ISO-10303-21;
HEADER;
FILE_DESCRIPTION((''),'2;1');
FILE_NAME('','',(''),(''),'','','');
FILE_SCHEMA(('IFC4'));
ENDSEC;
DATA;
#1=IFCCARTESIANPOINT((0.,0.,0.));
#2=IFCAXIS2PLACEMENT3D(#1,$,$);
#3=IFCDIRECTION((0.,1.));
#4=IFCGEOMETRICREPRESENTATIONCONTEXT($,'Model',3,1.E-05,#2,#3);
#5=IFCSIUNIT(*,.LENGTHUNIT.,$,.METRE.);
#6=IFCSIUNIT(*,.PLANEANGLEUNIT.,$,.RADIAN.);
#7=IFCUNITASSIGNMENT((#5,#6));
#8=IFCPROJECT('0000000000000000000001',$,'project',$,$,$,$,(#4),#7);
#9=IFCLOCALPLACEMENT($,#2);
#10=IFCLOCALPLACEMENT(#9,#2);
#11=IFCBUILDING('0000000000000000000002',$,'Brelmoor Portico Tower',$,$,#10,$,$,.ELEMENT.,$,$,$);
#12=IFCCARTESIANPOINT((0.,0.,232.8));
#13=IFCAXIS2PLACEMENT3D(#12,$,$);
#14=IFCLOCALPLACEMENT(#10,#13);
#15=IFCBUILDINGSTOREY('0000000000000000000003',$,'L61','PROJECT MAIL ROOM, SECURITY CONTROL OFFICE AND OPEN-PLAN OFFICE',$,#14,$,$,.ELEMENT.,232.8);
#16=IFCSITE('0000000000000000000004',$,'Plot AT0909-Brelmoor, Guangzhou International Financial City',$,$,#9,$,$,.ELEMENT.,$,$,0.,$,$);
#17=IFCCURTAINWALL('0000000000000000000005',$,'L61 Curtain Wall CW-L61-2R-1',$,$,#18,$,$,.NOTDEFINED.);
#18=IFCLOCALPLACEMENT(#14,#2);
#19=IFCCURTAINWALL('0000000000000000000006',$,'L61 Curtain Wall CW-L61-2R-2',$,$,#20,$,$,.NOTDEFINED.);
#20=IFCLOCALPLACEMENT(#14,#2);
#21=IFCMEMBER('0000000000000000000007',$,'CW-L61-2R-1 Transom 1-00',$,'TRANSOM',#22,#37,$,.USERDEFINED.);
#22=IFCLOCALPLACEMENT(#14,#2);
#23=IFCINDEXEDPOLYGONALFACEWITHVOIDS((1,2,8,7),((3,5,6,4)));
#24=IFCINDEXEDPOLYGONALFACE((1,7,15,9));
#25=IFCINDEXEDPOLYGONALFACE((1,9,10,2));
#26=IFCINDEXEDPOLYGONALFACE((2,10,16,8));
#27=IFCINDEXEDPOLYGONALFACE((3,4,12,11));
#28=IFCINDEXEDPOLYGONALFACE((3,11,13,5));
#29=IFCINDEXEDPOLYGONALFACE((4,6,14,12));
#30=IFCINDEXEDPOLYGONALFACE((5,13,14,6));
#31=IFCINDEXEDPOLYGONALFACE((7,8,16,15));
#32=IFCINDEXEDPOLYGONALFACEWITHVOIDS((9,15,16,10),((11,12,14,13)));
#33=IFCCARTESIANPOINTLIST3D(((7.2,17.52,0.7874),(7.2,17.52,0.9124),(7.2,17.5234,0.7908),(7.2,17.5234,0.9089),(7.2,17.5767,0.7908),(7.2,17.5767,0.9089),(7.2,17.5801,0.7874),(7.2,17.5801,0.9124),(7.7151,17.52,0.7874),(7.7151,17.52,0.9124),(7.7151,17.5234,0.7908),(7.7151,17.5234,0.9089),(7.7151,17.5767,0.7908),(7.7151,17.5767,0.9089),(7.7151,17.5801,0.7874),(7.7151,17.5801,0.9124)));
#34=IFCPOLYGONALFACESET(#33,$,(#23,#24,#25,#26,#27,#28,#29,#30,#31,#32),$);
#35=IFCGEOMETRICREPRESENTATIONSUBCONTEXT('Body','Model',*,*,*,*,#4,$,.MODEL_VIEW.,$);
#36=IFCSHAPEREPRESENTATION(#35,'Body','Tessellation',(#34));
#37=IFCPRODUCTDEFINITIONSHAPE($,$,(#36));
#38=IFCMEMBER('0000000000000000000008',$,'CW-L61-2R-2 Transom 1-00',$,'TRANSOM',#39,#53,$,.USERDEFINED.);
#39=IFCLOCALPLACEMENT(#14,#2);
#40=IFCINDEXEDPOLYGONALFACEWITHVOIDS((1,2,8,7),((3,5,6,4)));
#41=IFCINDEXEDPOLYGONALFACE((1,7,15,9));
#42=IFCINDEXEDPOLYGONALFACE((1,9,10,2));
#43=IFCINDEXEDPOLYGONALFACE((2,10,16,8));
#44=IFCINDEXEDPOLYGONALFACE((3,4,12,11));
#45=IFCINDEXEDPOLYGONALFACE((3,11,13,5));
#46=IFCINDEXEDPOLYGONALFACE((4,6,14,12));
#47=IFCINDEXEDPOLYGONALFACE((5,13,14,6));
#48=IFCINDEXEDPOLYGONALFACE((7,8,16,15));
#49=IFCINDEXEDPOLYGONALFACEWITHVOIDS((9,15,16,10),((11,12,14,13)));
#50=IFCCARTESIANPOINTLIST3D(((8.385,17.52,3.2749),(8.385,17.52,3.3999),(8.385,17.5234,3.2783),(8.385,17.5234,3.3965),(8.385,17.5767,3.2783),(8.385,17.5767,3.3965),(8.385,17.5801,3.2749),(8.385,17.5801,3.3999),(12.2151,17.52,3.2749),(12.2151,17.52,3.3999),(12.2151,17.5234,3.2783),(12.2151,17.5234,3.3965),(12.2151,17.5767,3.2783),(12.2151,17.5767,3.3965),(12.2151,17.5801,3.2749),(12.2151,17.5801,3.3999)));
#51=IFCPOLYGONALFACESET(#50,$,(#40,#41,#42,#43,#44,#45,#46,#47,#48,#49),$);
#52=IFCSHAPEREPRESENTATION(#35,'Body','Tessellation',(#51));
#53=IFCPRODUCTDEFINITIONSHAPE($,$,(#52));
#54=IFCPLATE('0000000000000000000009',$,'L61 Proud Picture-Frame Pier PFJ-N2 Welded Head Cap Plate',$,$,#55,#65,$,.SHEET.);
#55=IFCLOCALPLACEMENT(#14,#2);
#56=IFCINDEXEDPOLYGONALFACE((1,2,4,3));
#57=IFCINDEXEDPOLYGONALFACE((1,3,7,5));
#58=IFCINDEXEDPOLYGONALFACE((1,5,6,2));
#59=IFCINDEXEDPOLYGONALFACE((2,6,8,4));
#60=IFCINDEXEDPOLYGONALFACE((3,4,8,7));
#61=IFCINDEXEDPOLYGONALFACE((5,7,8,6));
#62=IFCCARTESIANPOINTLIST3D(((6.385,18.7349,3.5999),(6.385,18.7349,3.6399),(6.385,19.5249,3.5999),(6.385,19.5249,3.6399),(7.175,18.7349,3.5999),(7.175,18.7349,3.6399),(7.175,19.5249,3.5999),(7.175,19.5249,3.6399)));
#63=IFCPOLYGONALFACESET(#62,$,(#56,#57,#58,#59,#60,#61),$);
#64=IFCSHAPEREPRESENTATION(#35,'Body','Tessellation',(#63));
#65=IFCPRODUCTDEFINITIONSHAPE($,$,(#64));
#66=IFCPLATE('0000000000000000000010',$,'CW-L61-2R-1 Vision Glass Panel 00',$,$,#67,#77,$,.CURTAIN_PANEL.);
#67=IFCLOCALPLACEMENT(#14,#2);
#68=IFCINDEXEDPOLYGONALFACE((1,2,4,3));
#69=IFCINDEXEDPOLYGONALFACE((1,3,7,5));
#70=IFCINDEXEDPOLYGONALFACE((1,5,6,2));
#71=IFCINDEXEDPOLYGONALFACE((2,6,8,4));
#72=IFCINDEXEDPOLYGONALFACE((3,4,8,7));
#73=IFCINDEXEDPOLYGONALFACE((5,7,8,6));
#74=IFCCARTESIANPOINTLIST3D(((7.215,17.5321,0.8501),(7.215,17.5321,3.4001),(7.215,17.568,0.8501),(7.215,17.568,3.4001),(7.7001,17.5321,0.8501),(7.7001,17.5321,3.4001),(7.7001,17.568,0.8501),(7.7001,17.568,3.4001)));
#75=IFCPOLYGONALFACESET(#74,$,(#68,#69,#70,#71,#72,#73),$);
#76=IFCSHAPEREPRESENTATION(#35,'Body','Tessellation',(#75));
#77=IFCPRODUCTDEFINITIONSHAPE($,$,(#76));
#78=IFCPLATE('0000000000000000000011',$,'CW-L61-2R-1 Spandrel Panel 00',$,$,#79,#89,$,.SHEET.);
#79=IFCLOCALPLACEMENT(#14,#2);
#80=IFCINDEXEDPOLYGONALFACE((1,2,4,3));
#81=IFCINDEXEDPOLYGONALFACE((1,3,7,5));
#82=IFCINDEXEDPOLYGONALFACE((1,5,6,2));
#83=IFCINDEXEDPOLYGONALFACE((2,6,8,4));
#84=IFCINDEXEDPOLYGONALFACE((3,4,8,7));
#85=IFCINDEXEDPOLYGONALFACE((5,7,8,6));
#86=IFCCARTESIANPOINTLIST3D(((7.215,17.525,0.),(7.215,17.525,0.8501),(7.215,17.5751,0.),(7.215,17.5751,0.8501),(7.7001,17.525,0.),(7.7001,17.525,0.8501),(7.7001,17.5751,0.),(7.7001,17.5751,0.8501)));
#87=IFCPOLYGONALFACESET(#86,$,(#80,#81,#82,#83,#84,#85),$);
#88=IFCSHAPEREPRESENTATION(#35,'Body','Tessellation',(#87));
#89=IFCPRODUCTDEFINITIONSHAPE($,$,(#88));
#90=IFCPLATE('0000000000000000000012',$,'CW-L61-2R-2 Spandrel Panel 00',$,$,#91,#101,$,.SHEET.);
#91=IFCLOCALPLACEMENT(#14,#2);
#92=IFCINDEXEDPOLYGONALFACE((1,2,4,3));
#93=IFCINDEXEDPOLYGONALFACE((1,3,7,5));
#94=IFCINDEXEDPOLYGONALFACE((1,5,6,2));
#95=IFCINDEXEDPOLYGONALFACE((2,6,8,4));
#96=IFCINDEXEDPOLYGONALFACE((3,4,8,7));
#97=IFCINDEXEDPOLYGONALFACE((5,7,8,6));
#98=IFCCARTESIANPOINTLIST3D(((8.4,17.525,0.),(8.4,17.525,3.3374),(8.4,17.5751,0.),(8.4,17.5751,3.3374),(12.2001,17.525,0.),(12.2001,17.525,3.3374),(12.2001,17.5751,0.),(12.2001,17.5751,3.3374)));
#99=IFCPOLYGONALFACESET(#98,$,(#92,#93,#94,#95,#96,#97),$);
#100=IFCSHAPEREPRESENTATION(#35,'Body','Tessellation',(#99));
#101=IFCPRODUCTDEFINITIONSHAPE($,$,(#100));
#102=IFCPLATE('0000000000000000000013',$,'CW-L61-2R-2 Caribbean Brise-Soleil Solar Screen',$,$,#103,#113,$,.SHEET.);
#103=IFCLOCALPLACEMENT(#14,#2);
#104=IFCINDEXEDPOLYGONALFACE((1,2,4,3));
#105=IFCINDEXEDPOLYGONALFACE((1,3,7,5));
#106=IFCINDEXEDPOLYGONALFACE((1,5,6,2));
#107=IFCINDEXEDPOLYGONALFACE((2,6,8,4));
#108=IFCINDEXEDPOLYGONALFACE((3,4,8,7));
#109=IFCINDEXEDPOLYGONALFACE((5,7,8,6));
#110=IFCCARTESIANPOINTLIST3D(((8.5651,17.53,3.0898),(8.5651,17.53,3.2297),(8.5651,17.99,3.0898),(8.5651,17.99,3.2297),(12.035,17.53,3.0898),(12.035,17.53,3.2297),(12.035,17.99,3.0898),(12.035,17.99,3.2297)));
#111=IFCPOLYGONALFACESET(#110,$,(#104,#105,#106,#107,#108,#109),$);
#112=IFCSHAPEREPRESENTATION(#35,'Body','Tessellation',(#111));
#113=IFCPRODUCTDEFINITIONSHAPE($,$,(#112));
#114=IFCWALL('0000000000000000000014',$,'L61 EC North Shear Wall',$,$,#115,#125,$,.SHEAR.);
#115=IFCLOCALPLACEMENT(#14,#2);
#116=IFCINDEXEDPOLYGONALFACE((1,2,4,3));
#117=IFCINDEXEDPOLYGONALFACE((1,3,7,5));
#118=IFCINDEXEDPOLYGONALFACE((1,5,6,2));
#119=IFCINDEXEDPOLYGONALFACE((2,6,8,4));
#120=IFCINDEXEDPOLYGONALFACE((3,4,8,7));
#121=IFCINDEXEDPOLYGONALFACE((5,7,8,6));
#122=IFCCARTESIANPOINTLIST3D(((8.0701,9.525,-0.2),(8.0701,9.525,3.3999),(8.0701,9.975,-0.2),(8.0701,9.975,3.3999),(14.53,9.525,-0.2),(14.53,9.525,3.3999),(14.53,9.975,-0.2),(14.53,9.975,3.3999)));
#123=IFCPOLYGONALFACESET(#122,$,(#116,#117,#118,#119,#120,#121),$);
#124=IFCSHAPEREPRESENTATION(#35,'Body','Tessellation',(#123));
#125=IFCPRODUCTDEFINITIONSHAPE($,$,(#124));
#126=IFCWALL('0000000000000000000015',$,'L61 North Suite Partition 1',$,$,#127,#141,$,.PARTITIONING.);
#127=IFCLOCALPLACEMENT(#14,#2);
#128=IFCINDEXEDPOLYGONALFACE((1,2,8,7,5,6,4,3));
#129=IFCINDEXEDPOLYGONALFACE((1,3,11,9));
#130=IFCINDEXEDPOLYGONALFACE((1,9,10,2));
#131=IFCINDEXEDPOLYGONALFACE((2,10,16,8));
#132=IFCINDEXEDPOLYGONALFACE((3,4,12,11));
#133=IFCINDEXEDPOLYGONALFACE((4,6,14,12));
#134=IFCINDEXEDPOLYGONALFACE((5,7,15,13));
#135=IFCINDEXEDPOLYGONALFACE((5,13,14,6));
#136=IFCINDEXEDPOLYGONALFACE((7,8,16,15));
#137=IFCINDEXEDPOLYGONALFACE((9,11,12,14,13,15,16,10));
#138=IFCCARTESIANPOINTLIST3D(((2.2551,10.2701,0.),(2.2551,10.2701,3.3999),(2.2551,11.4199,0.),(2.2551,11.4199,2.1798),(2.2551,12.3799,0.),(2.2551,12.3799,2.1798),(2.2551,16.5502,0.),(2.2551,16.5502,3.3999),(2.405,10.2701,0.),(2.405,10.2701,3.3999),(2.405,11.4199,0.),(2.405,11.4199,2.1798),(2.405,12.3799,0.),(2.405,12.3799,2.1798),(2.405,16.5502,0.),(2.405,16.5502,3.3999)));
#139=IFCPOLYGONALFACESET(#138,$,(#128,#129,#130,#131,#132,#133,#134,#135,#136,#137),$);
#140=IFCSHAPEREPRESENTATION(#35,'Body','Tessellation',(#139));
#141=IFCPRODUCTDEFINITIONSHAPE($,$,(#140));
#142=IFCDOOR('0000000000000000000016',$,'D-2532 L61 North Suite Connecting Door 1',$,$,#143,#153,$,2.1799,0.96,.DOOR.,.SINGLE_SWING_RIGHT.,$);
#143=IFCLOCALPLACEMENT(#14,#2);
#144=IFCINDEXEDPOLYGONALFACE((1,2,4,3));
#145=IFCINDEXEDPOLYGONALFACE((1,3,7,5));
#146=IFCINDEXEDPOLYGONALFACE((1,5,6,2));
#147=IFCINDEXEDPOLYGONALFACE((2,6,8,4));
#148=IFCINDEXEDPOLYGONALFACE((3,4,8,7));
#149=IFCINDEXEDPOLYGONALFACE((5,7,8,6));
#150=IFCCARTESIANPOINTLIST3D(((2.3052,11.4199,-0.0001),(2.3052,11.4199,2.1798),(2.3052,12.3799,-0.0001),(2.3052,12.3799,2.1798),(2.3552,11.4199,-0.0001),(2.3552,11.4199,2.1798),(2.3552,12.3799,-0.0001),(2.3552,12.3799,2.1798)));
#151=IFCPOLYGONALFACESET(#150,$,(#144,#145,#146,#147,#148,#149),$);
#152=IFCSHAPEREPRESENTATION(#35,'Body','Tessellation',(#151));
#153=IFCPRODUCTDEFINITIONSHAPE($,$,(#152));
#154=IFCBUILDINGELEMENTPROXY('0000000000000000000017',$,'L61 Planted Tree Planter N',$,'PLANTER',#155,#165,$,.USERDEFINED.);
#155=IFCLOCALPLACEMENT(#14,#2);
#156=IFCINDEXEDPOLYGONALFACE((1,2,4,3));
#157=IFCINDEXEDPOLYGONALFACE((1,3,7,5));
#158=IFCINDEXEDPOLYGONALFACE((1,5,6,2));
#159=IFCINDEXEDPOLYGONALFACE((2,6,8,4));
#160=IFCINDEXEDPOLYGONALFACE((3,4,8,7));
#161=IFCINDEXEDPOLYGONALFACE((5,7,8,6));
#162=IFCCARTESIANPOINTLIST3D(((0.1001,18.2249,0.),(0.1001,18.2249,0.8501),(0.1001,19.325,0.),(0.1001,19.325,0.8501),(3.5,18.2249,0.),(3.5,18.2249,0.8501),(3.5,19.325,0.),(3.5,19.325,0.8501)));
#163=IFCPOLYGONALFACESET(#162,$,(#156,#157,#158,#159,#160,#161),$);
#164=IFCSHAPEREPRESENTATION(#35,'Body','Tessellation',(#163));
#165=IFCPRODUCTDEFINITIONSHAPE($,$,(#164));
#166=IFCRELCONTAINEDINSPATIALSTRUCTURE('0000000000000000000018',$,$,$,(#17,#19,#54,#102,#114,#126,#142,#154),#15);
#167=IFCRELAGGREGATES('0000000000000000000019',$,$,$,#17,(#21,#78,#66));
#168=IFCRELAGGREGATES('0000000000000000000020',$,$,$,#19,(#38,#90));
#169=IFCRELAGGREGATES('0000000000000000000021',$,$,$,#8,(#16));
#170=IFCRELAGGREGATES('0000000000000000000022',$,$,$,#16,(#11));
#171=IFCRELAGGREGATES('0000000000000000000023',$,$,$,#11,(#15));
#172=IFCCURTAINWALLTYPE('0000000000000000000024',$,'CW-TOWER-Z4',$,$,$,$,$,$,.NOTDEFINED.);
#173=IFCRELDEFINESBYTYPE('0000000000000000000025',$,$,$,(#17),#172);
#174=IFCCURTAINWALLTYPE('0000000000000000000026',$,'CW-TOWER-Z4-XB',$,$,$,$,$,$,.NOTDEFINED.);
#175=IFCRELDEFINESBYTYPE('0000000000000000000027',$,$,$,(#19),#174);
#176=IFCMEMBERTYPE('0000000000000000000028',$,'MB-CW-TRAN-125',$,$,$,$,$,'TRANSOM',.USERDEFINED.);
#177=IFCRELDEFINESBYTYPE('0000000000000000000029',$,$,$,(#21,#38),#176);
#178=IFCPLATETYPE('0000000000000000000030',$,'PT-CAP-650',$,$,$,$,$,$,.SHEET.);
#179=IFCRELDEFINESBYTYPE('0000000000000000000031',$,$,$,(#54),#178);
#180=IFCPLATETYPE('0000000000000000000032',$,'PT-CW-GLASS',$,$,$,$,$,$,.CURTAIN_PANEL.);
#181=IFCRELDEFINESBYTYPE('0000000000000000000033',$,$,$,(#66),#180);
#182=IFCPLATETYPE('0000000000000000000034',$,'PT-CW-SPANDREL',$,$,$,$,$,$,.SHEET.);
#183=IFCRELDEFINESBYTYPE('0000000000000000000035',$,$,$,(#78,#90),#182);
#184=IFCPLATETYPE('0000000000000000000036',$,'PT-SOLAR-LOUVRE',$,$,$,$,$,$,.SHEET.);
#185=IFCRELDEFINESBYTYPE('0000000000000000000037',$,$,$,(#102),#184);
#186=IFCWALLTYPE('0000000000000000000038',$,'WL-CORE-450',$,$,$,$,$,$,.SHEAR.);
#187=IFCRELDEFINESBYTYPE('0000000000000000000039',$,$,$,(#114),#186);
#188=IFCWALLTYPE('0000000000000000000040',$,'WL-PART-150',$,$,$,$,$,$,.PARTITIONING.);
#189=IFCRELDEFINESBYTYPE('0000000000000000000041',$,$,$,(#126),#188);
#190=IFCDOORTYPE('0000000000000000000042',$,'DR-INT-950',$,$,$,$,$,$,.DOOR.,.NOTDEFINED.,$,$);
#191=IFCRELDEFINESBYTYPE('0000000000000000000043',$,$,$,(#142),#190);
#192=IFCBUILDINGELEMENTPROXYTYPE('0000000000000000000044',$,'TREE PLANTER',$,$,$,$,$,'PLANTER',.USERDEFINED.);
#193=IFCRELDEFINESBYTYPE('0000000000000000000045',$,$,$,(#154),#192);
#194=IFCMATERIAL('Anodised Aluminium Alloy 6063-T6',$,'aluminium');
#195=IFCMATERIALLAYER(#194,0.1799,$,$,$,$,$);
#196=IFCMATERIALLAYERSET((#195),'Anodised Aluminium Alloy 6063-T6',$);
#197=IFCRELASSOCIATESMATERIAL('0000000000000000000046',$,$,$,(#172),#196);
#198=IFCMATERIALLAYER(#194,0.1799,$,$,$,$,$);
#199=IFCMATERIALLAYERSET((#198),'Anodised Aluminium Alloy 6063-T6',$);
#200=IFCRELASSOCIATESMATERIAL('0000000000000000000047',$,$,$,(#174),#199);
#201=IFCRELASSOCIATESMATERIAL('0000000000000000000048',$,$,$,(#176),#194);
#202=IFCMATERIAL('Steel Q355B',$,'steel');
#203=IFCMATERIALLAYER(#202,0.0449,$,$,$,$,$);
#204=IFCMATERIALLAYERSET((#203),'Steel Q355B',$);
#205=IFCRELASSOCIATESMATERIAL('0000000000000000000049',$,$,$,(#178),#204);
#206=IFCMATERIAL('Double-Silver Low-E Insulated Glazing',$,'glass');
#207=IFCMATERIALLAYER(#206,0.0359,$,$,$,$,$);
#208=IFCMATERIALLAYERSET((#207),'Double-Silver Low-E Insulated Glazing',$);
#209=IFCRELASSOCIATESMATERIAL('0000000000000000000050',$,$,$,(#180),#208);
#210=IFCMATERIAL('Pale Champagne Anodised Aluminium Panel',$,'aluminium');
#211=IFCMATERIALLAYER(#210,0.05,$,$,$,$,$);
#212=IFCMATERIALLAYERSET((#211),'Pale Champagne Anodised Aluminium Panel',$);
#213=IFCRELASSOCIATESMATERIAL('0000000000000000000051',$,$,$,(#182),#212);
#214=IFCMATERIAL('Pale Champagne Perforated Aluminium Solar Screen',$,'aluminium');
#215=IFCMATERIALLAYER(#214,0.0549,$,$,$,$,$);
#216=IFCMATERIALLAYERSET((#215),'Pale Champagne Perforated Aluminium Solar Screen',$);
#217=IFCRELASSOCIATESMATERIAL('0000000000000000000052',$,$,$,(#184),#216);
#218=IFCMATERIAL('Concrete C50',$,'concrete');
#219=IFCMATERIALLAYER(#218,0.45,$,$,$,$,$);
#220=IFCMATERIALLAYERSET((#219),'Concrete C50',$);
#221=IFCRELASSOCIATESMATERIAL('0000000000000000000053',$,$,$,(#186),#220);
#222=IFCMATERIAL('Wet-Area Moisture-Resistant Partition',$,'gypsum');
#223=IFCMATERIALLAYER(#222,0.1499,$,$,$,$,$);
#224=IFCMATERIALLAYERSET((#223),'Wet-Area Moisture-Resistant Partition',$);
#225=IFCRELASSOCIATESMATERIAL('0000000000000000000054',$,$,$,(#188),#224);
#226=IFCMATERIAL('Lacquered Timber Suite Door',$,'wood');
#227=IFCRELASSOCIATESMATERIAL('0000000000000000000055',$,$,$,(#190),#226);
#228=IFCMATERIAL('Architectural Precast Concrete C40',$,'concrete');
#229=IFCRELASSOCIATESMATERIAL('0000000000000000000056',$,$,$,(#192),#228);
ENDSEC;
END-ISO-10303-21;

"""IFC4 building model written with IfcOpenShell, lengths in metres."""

from ifc_helpers import new_model, si_unit, direction, frame, frame_2d, origin, origin_2d, place, context, subcontext, project, spatial, rectangle, hollow_rectangle, extrude, material, layer, layer_set, material_profile, profile_set, type_object, element, fill, aggregate, save


model = new_model("IFC4")

# Units and contexts
model_context = context("Model", 3, precision=1e-05, world=origin(), true_north=direction((0.0, 1.0)))
body_context = subcontext(model_context, "Body", "Model", "MODEL_VIEW")
ifc_project = project(units=[si_unit("LENGTHUNIT", "METRE"), si_unit("PLANEANGLEUNIT", "RADIAN")], contexts=[model_context])

# Site, building, storey
site_placement = place(None, origin())
site = spatial("IfcSite", under=ifc_project, at=site_placement, Name="Plot AT0909-Brelmoor, Guangzhou International Financial City", CompositionType="ELEMENT", RefElevation=0.0)
building_placement = place(site_placement, origin())
building = spatial("IfcBuilding", under=site, at=building_placement, Name="Brelmoor Portico Tower", CompositionType="ELEMENT")
storey_placement = place(building_placement, frame((0.0, 0.0, 232.8)))
storey = spatial("IfcBuildingStorey", under=building, at=storey_placement, Name="L61", Description="PROJECT MAIL ROOM, SECURITY CONTROL OFFICE AND OPEN-PLAN OFFICE", CompositionType="ELEMENT", Elevation=232.8)

# Shared definitions
ifc_material_1 = material(Name="Steel Q355B", Category="steel")

# Curtain walls
ifc_material_2 = material(Name="Anodised Aluminium Alloy 6063-T6", Category="aluminium")
ifc_layer_1 = layer(ifc_material_2, 0.1799)
ifc_layer_set_1 = layer_set([ifc_layer_1], Name="Anodised Aluminium Alloy 6063-T6")
curtain_wall_type_1 = type_object("IfcCurtainWallType", Name="CW-TOWER-Z4", PredefinedType="NOTDEFINED", material=ifc_layer_set_1)
curtain_wall_1_placement = place(storey_placement, origin())
curtain_wall_1 = element("IfcCurtainWall", 1, at=curtain_wall_1_placement, inside=storey, type_object=curtain_wall_type_1, Name="L61 Curtain Wall CW-L61-2R-1", PredefinedType="NOTDEFINED")
ifc_layer_2 = layer(ifc_material_2, 0.1799)
ifc_layer_set_2 = layer_set([ifc_layer_2], Name="Anodised Aluminium Alloy 6063-T6")
curtain_wall_type_2 = type_object("IfcCurtainWallType", Name="CW-TOWER-Z4-XB", PredefinedType="NOTDEFINED", material=ifc_layer_set_2)
curtain_wall_2_placement = place(storey_placement, origin())
curtain_wall_2 = element("IfcCurtainWall", 2, at=curtain_wall_2_placement, inside=storey, type_object=curtain_wall_type_2, Name="L61 Curtain Wall CW-L61-2R-2", PredefinedType="NOTDEFINED")

# Members
ifc_material_profile_1 = material_profile(ifc_material_2, hollow_rectangle(XDim=0.0601, YDim=0.125, WallThickness=0.0034, at=origin_2d()), Name="ALU TRANSOM 60x125")
ifc_profile_set_1 = profile_set([ifc_material_profile_1], Name="Anodised Aluminium Alloy 6063-T6")
member_type_1 = type_object("IfcMemberType", Name="MB-CW-TRAN-125", ElementType="TRANSOM", PredefinedType="USERDEFINED", material=ifc_profile_set_1)
member_1_placement = place(storey_placement, frame((7.2, 17.55, 0.8499), z_axis=(1.0, 0.0, 0.0), x_axis=(0.0, 1.0, 0.0)))
member_1 = element("IfcMember", 3, at=member_1_placement, type_object=member_type_1, Name="CW-L61-2R-1 Transom 1-00", ObjectType="TRANSOM", PredefinedType="USERDEFINED", context=body_context, shape_type="SweptSolid", body=[
    extrude(hollow_rectangle(XDim=0.0601, YDim=0.125, WallThickness=0.0034, at=origin_2d()), origin(), (0.0, 0.0, 1.0), 0.5151),
])
member_2_placement = place(storey_placement, frame((8.385, 17.55, 3.3374), z_axis=(1.0, 0.0, 0.0), x_axis=(0.0, 1.0, 0.0)))
member_2 = element("IfcMember", 4, at=member_2_placement, type_object=member_type_1, Name="CW-L61-2R-2 Transom 1-00", ObjectType="TRANSOM", PredefinedType="USERDEFINED", context=body_context, shape_type="SweptSolid", body=[
    extrude(hollow_rectangle(XDim=0.0601, YDim=0.125, WallThickness=0.0034, at=origin_2d()), origin(), (0.0, 0.0, 1.0), 3.8301),
])

# Plates
ifc_layer_3 = layer(ifc_material_1, 0.0449)
ifc_layer_set_3 = layer_set([ifc_layer_3], Name="Steel Q355B")
plate_type_1 = type_object("IfcPlateType", Name="PT-CAP-650", PredefinedType="SHEET", material=ifc_layer_set_3)
plate_1_placement = place(storey_placement, frame((6.78, 19.1299, 3.5999), z_axis=(0.0, 0.0, 1.0), x_axis=(1.0, 0.0, 0.0)))
element("IfcPlate", 5, at=plate_1_placement, inside=storey, type_object=plate_type_1, Name="L61 Proud Picture-Frame Pier PFJ-N2 Welded Head Cap Plate", PredefinedType="SHEET", context=body_context, shape_type="SweptSolid", body=[
    extrude(rectangle(XDim=0.79, YDim=0.79, at=origin_2d()), origin(), (0.0, 0.0, 1.0), 0.04),
])
ifc_material_3 = material(Name="Double-Silver Low-E Insulated Glazing", Category="glass")
ifc_layer_4 = layer(ifc_material_3, 0.0359)
ifc_layer_set_4 = layer_set([ifc_layer_4], Name="Double-Silver Low-E Insulated Glazing")
plate_type_2 = type_object("IfcPlateType", Name="PT-CW-GLASS", PredefinedType="CURTAIN_PANEL", material=ifc_layer_set_4)
plate_2_placement = place(storey_placement, frame((7.4575, 17.55, 0.8501), z_axis=(0.0, 0.0, 1.0), x_axis=(1.0, 0.0, 0.0)))
plate_2 = element("IfcPlate", 6, at=plate_2_placement, type_object=plate_type_2, Name="CW-L61-2R-1 Vision Glass Panel 00", PredefinedType="CURTAIN_PANEL", context=body_context, shape_type="SweptSolid", body=[
    extrude(rectangle(XDim=0.4851, YDim=0.0359, at=origin_2d()), origin(), (0.0, 0.0, 1.0), 2.55),
])
ifc_material_4 = material(Name="Pale Champagne Anodised Aluminium Panel", Category="aluminium")
ifc_layer_5 = layer(ifc_material_4, 0.05)
ifc_layer_set_5 = layer_set([ifc_layer_5], Name="Pale Champagne Anodised Aluminium Panel")
plate_type_3 = type_object("IfcPlateType", Name="PT-CW-SPANDREL", PredefinedType="SHEET", material=ifc_layer_set_5)
plate_3_placement = place(storey_placement, frame((7.4575, 17.55, 0.0), z_axis=(0.0, 0.0, 1.0), x_axis=(1.0, 0.0, 0.0)))
plate_3 = element("IfcPlate", 7, at=plate_3_placement, type_object=plate_type_3, Name="CW-L61-2R-1 Spandrel Panel 00", PredefinedType="SHEET", context=body_context, shape_type="SweptSolid", body=[
    extrude(rectangle(XDim=0.4851, YDim=0.05, at=origin_2d()), origin(), (0.0, 0.0, 1.0), 0.8501),
])
aggregate(curtain_wall_1, [member_1, plate_3, plate_2])
plate_4_placement = place(storey_placement, frame((10.3, 17.55, 0.0), z_axis=(0.0, 0.0, 1.0), x_axis=(1.0, 0.0, 0.0)))
plate_4 = element("IfcPlate", 8, at=plate_4_placement, type_object=plate_type_3, Name="CW-L61-2R-2 Spandrel Panel 00", PredefinedType="SHEET", context=body_context, shape_type="SweptSolid", body=[
    extrude(rectangle(XDim=3.8, YDim=0.05, at=origin_2d()), origin(), (0.0, 0.0, 1.0), 3.3374),
])
aggregate(curtain_wall_2, [member_2, plate_4])
ifc_material_5 = material(Name="Pale Champagne Perforated Aluminium Solar Screen", Category="aluminium")
ifc_layer_6 = layer(ifc_material_5, 0.0549)
ifc_layer_set_6 = layer_set([ifc_layer_6], Name="Pale Champagne Perforated Aluminium Solar Screen")
plate_type_4 = type_object("IfcPlateType", Name="PT-SOLAR-LOUVRE", PredefinedType="SHEET", material=ifc_layer_set_6)
plate_5_placement = place(storey_placement, frame((10.3, 17.76, 3.0898), z_axis=(0.0, 0.0, 1.0), x_axis=(1.0, 0.0, 0.0)))
element("IfcPlate", 9, at=plate_5_placement, inside=storey, type_object=plate_type_4, Name="CW-L61-2R-2 Caribbean Brise-Soleil Solar Screen", PredefinedType="SHEET", context=body_context, shape_type="SweptSolid", body=[
    extrude(rectangle(XDim=3.47, YDim=0.46, at=origin_2d()), origin(), (0.0, 0.0, 1.0), 0.1399),
])

# Wall
ifc_material_6 = material(Name="Concrete C50", Category="concrete")
ifc_layer_7 = layer(ifc_material_6, 0.45)
ifc_layer_set_7 = layer_set([ifc_layer_7], Name="Concrete C50")
wall_type_1 = type_object("IfcWallType", Name="WL-CORE-450", PredefinedType="SHEAR", material=ifc_layer_set_7)
wall_1_placement = place(storey_placement, frame((8.0701, 9.75, -0.2), z_axis=(0.0, 0.0, 1.0), x_axis=(1.0, 0.0, 0.0)))
element("IfcWall", 10, at=wall_1_placement, inside=storey, type_object=wall_type_1, Name="L61 EC North Shear Wall", PredefinedType="SHEAR", context=body_context, shape_type="SweptSolid", body=[
    extrude(rectangle(XDim=6.46, YDim=0.45, at=frame_2d((3.23, 0.0))), origin(), (0.0, 0.0, 1.0), 3.5999),
])

# Wall, opening, door
ifc_material_7 = material(Name="Wet-Area Moisture-Resistant Partition", Category="gypsum")
ifc_layer_8 = layer(ifc_material_7, 0.1499)
ifc_layer_set_8 = layer_set([ifc_layer_8], Name="Wet-Area Moisture-Resistant Partition")
wall_type_2 = type_object("IfcWallType", Name="WL-PART-150", PredefinedType="PARTITIONING", material=ifc_layer_set_8)
wall_2_placement = place(storey_placement, frame((2.3301, 10.27, 0.0), z_axis=(0.0, 0.0, 1.0), x_axis=(0.0, 1.0, 0.0)))
wall_2 = element("IfcWall", 11, at=wall_2_placement, inside=storey, type_object=wall_type_2, Name="L61 North Suite Partition 1", PredefinedType="PARTITIONING", context=body_context, shape_type="SweptSolid", body=[
    extrude(rectangle(XDim=6.28, YDim=0.1499, at=frame_2d((3.1401, 0.0))), origin(), (0.0, 0.0, 1.0), 3.3999),
])
opening_placement = place(wall_2_placement, frame((1.1499, 0.0, 0.0)))
opening = element("IfcOpeningElement", 12, at=opening_placement, cuts=wall_2, PredefinedType="OPENING", context=body_context, shape_type="SweptSolid", body=[
    extrude(rectangle(XDim=0.96, YDim=2.1799, at=frame_2d((0.48, 1.0898))), frame((0.0, 0.085, 0.0), z_axis=(0.0, -1.0, 0.0), x_axis=(1.0, 0.0, 0.0)), (0.0, 0.0, 1.0), 0.1699),
])
ifc_material_8 = material(Name="Lacquered Timber Suite Door", Category="wood")
door_type = type_object("IfcDoorType", Name="DR-INT-950", OperationType="NOTDEFINED", PredefinedType="DOOR", material=ifc_material_8)
door_placement = place(opening_placement, origin())
door = element("IfcDoor", 13, at=door_placement, inside=storey, type_object=door_type, Name="D-2532 L61 North Suite Connecting Door 1", OperationType="SINGLE_SWING_RIGHT", OverallHeight=2.1799, OverallWidth=0.96, PredefinedType="DOOR", context=body_context, shape_type="SweptSolid", body=[
    extrude(rectangle(XDim=0.96, YDim=2.1799, at=frame_2d((0.48, 1.0898))), frame((0.0, 0.0249, 0.0), z_axis=(0.0, -1.0, 0.0), x_axis=(1.0, 0.0, 0.0)), (0.0, 0.0, 1.0), 0.05),
])
fill(opening, door)

# Building element proxy
ifc_material_9 = material(Name="Architectural Precast Concrete C40", Category="concrete")
building_element_proxy_type = type_object("IfcBuildingElementProxyType", Name="TREE PLANTER", ElementType="PLANTER", PredefinedType="USERDEFINED", material=ifc_material_9)
proxy_placement = place(storey_placement, frame((1.8, 18.7749, 0.0), z_axis=(0.0, 0.0, 1.0), x_axis=(1.0, 0.0, 0.0)))
element("IfcBuildingElementProxy", 14, at=proxy_placement, inside=storey, type_object=building_element_proxy_type, Name="L61 Planted Tree Planter N", ObjectType="PLANTER", PredefinedType="USERDEFINED", context=body_context, shape_type="SweptSolid", body=[
    extrude(rectangle(XDim=3.3999, YDim=1.1001, at=origin_2d()), origin(), (0.0, 0.0, 1.0), 0.8501),
])

save(model, "model.ifc")
